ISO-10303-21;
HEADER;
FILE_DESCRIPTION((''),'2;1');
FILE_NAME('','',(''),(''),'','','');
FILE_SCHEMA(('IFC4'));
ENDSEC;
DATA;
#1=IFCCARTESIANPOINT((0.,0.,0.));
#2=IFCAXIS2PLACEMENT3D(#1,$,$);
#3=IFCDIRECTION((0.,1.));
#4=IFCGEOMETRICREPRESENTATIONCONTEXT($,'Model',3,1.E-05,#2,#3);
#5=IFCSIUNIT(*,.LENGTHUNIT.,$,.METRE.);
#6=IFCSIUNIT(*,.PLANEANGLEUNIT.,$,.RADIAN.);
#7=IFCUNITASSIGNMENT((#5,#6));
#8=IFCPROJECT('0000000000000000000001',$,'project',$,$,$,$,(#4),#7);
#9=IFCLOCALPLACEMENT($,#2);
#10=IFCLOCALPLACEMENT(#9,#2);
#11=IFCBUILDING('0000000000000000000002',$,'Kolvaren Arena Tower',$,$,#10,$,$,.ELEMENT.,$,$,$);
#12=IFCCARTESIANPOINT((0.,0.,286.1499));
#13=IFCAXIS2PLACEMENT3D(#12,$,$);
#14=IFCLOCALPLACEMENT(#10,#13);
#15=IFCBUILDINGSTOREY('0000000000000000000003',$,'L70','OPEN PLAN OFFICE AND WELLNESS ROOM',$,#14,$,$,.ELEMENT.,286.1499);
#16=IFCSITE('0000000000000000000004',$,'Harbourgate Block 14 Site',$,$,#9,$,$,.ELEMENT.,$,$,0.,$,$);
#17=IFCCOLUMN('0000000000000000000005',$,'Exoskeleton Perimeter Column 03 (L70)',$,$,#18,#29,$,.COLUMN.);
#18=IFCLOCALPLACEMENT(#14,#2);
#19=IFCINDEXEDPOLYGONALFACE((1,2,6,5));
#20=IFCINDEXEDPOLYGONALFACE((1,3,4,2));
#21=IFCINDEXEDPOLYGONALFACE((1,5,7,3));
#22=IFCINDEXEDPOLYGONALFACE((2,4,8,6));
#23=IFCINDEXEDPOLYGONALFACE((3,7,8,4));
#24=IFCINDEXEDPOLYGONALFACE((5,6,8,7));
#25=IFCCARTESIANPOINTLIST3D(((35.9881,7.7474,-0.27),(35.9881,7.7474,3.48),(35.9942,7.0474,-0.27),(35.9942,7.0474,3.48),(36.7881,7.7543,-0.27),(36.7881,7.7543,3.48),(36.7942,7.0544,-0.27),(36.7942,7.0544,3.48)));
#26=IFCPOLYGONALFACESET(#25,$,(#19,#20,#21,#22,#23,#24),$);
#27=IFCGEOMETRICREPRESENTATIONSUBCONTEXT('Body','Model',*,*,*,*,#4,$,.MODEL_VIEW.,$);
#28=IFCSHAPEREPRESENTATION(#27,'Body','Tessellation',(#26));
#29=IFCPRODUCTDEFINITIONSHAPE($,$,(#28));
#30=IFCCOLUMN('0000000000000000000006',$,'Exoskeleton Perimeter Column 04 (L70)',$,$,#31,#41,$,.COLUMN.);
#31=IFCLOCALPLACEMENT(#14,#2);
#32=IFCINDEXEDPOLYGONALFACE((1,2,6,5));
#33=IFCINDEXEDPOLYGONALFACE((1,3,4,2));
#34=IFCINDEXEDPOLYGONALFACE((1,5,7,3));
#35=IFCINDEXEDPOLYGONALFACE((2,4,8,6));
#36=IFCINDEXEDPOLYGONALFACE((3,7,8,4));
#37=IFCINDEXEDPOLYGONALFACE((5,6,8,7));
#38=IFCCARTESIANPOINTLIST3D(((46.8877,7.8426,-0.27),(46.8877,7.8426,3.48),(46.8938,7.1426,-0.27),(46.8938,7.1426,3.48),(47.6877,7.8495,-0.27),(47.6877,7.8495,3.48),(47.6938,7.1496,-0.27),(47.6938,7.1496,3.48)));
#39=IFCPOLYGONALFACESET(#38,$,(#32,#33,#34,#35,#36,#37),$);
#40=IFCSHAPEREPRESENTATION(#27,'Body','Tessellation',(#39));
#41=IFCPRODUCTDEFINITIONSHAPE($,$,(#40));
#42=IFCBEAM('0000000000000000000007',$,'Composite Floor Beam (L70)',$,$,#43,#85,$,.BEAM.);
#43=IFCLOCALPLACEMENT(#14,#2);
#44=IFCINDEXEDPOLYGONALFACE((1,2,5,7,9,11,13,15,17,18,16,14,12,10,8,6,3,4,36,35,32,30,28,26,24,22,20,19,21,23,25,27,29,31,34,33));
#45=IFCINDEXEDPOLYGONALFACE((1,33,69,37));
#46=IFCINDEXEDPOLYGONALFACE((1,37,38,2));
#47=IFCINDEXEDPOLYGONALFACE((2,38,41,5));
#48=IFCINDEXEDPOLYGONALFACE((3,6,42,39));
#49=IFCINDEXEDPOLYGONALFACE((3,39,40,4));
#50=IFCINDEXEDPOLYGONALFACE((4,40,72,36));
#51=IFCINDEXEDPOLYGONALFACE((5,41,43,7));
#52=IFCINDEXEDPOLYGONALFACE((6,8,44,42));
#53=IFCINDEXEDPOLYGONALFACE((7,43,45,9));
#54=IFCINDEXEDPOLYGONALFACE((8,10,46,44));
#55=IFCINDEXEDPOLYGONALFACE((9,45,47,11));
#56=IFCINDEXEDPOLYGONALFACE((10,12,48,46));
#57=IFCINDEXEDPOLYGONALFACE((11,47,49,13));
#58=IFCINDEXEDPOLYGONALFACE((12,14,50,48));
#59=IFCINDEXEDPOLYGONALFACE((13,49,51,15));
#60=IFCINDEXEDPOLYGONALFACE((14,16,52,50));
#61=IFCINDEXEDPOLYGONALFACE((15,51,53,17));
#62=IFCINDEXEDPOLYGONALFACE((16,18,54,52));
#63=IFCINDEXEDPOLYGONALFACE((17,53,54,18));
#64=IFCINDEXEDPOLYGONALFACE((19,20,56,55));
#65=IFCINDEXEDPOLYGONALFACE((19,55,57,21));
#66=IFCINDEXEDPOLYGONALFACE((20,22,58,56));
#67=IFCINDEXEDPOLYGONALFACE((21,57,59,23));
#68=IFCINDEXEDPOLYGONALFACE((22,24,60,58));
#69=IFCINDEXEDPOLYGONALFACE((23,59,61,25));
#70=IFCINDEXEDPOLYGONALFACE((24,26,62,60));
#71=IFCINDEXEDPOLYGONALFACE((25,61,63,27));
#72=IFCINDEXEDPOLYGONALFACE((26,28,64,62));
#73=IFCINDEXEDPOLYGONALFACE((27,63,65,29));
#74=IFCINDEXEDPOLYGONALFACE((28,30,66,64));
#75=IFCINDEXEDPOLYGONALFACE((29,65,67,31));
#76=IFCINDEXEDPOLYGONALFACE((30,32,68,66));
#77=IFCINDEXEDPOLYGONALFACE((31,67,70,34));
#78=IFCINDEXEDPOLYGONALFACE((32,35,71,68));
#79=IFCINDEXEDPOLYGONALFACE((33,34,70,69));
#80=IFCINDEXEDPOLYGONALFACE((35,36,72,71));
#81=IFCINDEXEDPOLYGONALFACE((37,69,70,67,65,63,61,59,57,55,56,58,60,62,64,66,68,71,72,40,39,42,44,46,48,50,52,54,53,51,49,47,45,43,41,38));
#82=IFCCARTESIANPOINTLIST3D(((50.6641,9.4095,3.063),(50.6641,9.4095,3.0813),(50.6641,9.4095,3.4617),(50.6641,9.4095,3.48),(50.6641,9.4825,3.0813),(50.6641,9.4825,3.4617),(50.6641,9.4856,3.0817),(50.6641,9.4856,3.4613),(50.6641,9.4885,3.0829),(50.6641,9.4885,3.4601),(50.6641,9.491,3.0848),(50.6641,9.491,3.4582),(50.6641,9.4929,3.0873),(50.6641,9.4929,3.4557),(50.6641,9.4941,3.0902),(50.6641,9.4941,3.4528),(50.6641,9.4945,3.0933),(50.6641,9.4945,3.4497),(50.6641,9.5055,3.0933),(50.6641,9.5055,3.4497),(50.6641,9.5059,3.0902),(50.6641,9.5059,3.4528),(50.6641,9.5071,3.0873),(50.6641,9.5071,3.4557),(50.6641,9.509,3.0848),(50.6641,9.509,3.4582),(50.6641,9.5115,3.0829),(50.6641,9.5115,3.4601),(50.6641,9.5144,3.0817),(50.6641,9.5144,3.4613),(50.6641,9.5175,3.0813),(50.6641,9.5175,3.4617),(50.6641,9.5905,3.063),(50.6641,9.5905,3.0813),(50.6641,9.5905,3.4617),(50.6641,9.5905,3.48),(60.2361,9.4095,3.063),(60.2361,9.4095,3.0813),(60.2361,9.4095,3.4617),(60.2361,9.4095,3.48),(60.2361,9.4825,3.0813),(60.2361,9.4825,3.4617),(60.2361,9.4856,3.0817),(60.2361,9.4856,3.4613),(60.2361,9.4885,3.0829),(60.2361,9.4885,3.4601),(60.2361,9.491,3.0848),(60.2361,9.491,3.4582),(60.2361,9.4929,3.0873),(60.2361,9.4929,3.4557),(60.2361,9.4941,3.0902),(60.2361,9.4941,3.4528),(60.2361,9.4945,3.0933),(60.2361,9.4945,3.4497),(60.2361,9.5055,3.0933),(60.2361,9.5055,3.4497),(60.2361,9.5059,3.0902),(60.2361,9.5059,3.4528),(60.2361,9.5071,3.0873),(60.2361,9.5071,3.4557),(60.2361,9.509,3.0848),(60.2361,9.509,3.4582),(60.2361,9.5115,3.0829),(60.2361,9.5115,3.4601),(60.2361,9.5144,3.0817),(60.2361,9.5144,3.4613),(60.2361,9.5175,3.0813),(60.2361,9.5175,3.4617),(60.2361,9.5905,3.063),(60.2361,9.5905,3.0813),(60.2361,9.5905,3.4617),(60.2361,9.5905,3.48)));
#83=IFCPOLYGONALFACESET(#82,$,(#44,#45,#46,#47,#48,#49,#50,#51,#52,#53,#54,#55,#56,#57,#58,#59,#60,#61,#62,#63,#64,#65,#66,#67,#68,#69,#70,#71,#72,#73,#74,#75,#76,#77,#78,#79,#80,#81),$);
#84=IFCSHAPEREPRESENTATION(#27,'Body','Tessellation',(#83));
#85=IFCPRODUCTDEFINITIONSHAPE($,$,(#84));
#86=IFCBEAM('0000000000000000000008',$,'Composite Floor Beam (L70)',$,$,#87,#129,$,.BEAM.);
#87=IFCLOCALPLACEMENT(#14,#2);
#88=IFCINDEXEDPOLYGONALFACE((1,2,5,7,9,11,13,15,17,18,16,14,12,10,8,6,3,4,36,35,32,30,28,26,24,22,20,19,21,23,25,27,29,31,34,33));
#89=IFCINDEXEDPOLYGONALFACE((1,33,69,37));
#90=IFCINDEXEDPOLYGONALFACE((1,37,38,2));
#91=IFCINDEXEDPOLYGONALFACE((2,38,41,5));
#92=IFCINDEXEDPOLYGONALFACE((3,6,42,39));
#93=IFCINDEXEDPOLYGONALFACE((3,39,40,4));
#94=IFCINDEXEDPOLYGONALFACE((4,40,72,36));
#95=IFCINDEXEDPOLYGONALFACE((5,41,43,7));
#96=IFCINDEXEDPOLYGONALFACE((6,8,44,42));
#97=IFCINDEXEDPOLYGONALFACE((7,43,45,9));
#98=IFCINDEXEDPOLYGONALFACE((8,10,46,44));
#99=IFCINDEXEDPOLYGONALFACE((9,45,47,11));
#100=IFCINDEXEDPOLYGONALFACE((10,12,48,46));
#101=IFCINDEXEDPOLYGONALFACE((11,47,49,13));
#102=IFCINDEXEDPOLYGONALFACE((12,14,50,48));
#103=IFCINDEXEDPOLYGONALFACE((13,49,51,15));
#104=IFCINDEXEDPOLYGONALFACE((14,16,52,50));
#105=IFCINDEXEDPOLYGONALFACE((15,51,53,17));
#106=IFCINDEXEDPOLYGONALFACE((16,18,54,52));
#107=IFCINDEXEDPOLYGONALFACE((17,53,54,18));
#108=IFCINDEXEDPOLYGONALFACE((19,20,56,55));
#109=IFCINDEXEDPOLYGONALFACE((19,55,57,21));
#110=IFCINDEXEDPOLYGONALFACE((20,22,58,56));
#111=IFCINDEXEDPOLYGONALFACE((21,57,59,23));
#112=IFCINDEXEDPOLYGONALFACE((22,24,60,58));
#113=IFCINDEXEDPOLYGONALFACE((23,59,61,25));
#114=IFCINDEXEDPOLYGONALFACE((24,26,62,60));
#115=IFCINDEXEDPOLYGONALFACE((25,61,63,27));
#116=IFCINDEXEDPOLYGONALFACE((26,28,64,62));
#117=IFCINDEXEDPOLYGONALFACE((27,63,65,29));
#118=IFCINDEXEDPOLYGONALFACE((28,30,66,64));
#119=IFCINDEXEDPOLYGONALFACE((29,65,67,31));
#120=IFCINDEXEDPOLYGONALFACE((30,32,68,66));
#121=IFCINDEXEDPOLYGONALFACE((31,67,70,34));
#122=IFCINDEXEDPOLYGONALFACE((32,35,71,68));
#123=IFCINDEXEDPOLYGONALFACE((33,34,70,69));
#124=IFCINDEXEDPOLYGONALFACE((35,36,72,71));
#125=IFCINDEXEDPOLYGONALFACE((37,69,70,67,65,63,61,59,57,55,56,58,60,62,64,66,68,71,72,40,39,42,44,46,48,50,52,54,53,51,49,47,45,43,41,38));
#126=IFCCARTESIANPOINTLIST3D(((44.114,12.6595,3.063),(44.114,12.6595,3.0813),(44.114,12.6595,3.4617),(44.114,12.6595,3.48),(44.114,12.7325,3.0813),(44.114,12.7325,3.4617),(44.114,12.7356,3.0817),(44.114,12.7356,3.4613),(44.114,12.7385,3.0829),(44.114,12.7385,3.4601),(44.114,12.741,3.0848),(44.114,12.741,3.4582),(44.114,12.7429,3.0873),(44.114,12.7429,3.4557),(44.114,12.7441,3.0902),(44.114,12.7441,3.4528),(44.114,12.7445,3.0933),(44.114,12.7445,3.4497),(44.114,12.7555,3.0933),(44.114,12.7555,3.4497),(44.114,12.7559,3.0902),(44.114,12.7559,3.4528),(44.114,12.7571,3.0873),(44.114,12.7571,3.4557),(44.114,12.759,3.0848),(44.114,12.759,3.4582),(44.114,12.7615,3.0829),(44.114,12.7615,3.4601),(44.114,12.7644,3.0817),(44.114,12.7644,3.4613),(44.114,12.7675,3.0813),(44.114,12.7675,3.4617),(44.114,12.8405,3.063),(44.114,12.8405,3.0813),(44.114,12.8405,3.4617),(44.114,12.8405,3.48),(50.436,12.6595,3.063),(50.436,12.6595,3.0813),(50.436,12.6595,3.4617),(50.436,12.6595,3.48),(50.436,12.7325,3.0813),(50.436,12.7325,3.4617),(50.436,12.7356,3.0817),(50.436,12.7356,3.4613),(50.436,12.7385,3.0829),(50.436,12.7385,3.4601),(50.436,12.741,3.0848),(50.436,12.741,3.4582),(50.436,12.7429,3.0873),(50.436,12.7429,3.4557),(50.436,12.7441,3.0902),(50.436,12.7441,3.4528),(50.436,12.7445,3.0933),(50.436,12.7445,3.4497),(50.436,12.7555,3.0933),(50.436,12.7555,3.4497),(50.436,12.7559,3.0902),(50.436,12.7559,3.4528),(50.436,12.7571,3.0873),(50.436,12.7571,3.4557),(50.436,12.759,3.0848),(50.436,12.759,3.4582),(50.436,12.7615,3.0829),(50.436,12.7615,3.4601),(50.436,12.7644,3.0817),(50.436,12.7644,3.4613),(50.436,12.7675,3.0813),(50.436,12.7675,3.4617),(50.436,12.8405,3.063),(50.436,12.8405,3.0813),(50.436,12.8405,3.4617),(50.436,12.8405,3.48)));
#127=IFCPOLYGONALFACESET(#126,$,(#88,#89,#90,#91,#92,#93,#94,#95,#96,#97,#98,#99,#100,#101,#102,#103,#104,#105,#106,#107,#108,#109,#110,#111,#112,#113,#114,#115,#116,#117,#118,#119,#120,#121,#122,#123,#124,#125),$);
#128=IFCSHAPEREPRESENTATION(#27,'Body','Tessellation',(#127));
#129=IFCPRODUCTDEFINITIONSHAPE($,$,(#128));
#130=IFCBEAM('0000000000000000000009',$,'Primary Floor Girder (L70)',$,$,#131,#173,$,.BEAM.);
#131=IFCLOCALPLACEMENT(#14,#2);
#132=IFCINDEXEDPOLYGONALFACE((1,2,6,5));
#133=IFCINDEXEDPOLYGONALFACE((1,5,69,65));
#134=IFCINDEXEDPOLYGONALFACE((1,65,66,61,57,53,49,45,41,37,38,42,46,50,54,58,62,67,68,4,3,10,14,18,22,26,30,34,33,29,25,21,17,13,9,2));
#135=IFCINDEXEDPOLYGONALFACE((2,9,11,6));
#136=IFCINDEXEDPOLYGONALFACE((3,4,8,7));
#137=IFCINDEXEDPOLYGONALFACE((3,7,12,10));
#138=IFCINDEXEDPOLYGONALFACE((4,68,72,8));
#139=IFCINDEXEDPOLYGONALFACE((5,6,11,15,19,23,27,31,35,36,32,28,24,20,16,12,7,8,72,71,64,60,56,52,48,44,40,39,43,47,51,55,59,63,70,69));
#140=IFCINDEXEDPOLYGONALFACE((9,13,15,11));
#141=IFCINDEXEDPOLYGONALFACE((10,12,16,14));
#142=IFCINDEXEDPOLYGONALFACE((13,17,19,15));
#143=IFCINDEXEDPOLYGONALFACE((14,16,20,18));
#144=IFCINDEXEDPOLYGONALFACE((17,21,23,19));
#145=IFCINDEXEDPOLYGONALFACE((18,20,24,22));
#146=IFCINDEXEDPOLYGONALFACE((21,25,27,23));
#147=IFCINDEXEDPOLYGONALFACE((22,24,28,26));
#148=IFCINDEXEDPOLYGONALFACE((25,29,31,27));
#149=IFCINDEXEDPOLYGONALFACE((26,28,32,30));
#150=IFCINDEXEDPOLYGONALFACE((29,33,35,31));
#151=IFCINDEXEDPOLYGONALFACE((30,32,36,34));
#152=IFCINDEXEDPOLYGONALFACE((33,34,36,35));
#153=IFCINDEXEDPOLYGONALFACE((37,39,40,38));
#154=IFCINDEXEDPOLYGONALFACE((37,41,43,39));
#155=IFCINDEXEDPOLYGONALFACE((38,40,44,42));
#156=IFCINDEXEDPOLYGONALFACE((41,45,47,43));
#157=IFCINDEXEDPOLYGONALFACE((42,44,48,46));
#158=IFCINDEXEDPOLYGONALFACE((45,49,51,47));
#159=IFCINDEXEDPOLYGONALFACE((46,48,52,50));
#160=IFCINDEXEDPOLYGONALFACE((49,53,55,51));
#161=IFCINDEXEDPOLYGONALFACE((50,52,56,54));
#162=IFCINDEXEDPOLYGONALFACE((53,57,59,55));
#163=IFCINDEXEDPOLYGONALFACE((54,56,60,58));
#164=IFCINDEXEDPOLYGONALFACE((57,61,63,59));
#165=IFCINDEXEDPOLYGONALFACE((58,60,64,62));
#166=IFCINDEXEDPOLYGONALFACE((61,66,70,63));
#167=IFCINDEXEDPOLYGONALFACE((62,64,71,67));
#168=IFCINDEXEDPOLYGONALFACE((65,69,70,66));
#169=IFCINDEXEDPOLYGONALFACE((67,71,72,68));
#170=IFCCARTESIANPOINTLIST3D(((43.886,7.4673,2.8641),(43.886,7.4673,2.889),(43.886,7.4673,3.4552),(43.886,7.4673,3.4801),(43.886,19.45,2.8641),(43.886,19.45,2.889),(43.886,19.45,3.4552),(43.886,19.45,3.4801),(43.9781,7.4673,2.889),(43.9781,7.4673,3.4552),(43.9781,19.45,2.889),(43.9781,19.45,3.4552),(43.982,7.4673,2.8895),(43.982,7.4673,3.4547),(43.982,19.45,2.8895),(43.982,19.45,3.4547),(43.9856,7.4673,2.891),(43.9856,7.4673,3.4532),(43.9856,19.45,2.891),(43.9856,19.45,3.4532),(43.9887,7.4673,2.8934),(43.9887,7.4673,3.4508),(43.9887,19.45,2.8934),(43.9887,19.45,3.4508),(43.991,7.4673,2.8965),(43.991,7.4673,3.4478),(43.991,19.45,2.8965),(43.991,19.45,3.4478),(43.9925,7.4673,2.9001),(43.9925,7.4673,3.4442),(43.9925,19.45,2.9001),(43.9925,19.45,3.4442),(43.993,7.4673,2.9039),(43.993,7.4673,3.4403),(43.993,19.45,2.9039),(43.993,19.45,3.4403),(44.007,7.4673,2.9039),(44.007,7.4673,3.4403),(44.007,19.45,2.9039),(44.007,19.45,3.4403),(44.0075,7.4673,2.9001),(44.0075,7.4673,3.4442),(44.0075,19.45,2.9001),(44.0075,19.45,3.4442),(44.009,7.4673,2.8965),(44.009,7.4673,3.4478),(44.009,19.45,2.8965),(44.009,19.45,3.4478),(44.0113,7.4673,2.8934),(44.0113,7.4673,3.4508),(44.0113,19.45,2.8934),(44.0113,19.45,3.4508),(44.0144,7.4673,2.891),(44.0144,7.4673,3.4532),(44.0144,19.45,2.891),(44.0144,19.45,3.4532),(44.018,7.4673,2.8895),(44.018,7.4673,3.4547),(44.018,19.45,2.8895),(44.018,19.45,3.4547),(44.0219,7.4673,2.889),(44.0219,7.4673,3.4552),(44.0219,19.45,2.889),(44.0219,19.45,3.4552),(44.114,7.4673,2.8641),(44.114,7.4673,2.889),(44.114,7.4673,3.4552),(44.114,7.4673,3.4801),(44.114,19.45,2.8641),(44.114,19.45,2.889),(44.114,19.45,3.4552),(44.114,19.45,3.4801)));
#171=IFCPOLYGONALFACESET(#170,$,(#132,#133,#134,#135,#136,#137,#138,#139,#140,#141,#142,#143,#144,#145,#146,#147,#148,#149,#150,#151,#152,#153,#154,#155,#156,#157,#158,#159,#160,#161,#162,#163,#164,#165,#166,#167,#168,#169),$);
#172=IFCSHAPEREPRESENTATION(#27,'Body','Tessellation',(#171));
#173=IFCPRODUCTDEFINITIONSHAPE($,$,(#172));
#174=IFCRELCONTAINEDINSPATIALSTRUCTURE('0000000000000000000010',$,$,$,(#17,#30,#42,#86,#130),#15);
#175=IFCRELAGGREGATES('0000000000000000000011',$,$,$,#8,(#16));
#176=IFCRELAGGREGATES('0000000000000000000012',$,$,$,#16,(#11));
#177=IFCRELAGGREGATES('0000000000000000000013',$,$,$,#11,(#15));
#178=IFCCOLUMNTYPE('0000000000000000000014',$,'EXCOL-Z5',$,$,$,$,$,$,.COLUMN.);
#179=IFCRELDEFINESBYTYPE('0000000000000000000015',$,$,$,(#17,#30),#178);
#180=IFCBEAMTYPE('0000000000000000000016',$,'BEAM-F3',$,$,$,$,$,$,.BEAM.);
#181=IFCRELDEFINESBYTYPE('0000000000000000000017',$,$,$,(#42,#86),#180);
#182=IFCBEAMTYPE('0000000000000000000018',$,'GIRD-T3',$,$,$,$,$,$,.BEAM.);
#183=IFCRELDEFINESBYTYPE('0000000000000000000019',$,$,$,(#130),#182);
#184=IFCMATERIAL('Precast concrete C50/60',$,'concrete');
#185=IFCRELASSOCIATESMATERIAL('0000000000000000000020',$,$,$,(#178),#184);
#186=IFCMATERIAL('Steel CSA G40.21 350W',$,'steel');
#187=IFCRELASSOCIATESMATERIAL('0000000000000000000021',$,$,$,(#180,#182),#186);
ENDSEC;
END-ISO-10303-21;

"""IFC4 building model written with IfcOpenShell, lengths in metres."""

from ifc_helpers import new_model, si_unit, direction, frame, origin, origin_2d, place, context, subcontext, project, spatial, rectangle, i_section, extrude, material, material_profile, profile_set, type_object, element, save


model = new_model("IFC4")

# Units and contexts
model_context = context("Model", 3, precision=1e-05, world=origin(), true_north=direction((0.0, 1.0)))
body_context = subcontext(model_context, "Body", "Model", "MODEL_VIEW")
ifc_project = project(units=[si_unit("LENGTHUNIT", "METRE"), si_unit("PLANEANGLEUNIT", "RADIAN")], contexts=[model_context])

# Site, building, storey
site_placement = place(None, origin())
site = spatial("IfcSite", under=ifc_project, at=site_placement, Name="Harbourgate Block 14 Site", CompositionType="ELEMENT", RefElevation=0.0)
building_placement = place(site_placement, origin())
building = spatial("IfcBuilding", under=site, at=building_placement, Name="Kolvaren Arena Tower", CompositionType="ELEMENT")
storey_placement = place(building_placement, frame((0.0, 0.0, 286.1499)))
storey = spatial("IfcBuildingStorey", under=building, at=storey_placement, Name="L70", Description="OPEN PLAN OFFICE AND WELLNESS ROOM", CompositionType="ELEMENT", Elevation=286.1499)

# Columns
ifc_material_1 = material(Name="Precast concrete C50/60", Category="concrete")
ifc_material_profile_1 = material_profile(ifc_material_1, rectangle(XDim=0.8, YDim=0.7, at=origin_2d()), Name="RC-800x700")
ifc_profile_set_1 = profile_set([ifc_material_profile_1], Name="Precast concrete C50/60")
column_type = type_object("IfcColumnType", Name="EXCOL-Z5", PredefinedType="COLUMN", material=ifc_profile_set_1)
for number, where, z_axis, x_axis, name in (
    (1, (36.3911, 7.4009, -0.27), (0.0, 0.0, 1.0), (0.999962, 0.008727, 0.0), "Exoskeleton Perimeter Column 03 (L70)"),
    (2, (47.2908, 7.4961, -0.27), (0.0, 0.0, 1.0), (0.999962, 0.008727, 0.0), "Exoskeleton Perimeter Column 04 (L70)"),
):
    element("IfcColumn", number, at=place(storey_placement, frame(where, z_axis=z_axis, x_axis=x_axis)), inside=storey, type_object=column_type, Name=name, PredefinedType="COLUMN", context=body_context, shape_type="SweptSolid", body=[
        extrude(rectangle(XDim=0.8, YDim=0.7, at=origin_2d()), origin(), (0.0, 0.0, 1.0), 3.75),
    ])

# Beams
ifc_material_2 = material(Name="Steel CSA G40.21 350W", Category="steel")
ifc_material_profile_2 = material_profile(ifc_material_2, i_section(OverallWidth=0.1809, OverallDepth=0.417, WebThickness=0.011, FlangeThickness=0.0183, FilletRadius=0.012, at=origin_2d()), Name="W410x85")
ifc_profile_set_2 = profile_set([ifc_material_profile_2], Name="Steel CSA G40.21 350W")
beam_type_1 = type_object("IfcBeamType", Name="BEAM-F3", PredefinedType="BEAM", material=ifc_profile_set_2)
beam_1_placement = place(storey_placement, frame((50.6641, 9.5, 3.2715), z_axis=(1.0, 0.0, 0.0), x_axis=(0.0, 1.0, 0.0)))
element("IfcBeam", 3, at=beam_1_placement, inside=storey, type_object=beam_type_1, Name="Composite Floor Beam (L70)", PredefinedType="BEAM", context=body_context, shape_type="SweptSolid", body=[
    extrude(i_section(OverallWidth=0.1809, OverallDepth=0.417, WebThickness=0.011, FlangeThickness=0.0183, FilletRadius=0.012, at=origin_2d()), origin(), (0.0, 0.0, 1.0), 9.572),
])
beam_2_placement = place(storey_placement, frame((44.114, 12.75, 3.2715), z_axis=(1.0, 0.0, 0.0), x_axis=(0.0, 1.0, 0.0)))
element("IfcBeam", 4, at=beam_2_placement, inside=storey, type_object=beam_type_1, Name="Composite Floor Beam (L70)", PredefinedType="BEAM", context=body_context, shape_type="SweptSolid", body=[
    extrude(i_section(OverallWidth=0.1809, OverallDepth=0.417, WebThickness=0.011, FlangeThickness=0.0183, FilletRadius=0.012, at=origin_2d()), origin(), (0.0, 0.0, 1.0), 6.322),
])
ifc_material_profile_3 = material_profile(ifc_material_2, i_section(OverallWidth=0.228, OverallDepth=0.616, WebThickness=0.0139, FlangeThickness=0.0249, FilletRadius=0.0149, at=origin_2d()), Name="W610x174")
ifc_profile_set_3 = profile_set([ifc_material_profile_3], Name="Steel CSA G40.21 350W")
beam_type_2 = type_object("IfcBeamType", Name="GIRD-T3", PredefinedType="BEAM", material=ifc_profile_set_3)
beam_3_placement = place(storey_placement, frame((44.0, 7.4673, 3.1721), z_axis=(0.0, 1.0, 0.0), x_axis=(-1.0, 0.0, 0.0)))
element("IfcBeam", 5, at=beam_3_placement, inside=storey, type_object=beam_type_2, Name="Primary Floor Girder (L70)", PredefinedType="BEAM", context=body_context, shape_type="SweptSolid", body=[
    extrude(i_section(OverallWidth=0.228, OverallDepth=0.616, WebThickness=0.0139, FlangeThickness=0.0249, FilletRadius=0.0149, at=origin_2d()), origin(), (0.0, 0.0, 1.0), 11.9827),
])

save(model, "model.ifc")
